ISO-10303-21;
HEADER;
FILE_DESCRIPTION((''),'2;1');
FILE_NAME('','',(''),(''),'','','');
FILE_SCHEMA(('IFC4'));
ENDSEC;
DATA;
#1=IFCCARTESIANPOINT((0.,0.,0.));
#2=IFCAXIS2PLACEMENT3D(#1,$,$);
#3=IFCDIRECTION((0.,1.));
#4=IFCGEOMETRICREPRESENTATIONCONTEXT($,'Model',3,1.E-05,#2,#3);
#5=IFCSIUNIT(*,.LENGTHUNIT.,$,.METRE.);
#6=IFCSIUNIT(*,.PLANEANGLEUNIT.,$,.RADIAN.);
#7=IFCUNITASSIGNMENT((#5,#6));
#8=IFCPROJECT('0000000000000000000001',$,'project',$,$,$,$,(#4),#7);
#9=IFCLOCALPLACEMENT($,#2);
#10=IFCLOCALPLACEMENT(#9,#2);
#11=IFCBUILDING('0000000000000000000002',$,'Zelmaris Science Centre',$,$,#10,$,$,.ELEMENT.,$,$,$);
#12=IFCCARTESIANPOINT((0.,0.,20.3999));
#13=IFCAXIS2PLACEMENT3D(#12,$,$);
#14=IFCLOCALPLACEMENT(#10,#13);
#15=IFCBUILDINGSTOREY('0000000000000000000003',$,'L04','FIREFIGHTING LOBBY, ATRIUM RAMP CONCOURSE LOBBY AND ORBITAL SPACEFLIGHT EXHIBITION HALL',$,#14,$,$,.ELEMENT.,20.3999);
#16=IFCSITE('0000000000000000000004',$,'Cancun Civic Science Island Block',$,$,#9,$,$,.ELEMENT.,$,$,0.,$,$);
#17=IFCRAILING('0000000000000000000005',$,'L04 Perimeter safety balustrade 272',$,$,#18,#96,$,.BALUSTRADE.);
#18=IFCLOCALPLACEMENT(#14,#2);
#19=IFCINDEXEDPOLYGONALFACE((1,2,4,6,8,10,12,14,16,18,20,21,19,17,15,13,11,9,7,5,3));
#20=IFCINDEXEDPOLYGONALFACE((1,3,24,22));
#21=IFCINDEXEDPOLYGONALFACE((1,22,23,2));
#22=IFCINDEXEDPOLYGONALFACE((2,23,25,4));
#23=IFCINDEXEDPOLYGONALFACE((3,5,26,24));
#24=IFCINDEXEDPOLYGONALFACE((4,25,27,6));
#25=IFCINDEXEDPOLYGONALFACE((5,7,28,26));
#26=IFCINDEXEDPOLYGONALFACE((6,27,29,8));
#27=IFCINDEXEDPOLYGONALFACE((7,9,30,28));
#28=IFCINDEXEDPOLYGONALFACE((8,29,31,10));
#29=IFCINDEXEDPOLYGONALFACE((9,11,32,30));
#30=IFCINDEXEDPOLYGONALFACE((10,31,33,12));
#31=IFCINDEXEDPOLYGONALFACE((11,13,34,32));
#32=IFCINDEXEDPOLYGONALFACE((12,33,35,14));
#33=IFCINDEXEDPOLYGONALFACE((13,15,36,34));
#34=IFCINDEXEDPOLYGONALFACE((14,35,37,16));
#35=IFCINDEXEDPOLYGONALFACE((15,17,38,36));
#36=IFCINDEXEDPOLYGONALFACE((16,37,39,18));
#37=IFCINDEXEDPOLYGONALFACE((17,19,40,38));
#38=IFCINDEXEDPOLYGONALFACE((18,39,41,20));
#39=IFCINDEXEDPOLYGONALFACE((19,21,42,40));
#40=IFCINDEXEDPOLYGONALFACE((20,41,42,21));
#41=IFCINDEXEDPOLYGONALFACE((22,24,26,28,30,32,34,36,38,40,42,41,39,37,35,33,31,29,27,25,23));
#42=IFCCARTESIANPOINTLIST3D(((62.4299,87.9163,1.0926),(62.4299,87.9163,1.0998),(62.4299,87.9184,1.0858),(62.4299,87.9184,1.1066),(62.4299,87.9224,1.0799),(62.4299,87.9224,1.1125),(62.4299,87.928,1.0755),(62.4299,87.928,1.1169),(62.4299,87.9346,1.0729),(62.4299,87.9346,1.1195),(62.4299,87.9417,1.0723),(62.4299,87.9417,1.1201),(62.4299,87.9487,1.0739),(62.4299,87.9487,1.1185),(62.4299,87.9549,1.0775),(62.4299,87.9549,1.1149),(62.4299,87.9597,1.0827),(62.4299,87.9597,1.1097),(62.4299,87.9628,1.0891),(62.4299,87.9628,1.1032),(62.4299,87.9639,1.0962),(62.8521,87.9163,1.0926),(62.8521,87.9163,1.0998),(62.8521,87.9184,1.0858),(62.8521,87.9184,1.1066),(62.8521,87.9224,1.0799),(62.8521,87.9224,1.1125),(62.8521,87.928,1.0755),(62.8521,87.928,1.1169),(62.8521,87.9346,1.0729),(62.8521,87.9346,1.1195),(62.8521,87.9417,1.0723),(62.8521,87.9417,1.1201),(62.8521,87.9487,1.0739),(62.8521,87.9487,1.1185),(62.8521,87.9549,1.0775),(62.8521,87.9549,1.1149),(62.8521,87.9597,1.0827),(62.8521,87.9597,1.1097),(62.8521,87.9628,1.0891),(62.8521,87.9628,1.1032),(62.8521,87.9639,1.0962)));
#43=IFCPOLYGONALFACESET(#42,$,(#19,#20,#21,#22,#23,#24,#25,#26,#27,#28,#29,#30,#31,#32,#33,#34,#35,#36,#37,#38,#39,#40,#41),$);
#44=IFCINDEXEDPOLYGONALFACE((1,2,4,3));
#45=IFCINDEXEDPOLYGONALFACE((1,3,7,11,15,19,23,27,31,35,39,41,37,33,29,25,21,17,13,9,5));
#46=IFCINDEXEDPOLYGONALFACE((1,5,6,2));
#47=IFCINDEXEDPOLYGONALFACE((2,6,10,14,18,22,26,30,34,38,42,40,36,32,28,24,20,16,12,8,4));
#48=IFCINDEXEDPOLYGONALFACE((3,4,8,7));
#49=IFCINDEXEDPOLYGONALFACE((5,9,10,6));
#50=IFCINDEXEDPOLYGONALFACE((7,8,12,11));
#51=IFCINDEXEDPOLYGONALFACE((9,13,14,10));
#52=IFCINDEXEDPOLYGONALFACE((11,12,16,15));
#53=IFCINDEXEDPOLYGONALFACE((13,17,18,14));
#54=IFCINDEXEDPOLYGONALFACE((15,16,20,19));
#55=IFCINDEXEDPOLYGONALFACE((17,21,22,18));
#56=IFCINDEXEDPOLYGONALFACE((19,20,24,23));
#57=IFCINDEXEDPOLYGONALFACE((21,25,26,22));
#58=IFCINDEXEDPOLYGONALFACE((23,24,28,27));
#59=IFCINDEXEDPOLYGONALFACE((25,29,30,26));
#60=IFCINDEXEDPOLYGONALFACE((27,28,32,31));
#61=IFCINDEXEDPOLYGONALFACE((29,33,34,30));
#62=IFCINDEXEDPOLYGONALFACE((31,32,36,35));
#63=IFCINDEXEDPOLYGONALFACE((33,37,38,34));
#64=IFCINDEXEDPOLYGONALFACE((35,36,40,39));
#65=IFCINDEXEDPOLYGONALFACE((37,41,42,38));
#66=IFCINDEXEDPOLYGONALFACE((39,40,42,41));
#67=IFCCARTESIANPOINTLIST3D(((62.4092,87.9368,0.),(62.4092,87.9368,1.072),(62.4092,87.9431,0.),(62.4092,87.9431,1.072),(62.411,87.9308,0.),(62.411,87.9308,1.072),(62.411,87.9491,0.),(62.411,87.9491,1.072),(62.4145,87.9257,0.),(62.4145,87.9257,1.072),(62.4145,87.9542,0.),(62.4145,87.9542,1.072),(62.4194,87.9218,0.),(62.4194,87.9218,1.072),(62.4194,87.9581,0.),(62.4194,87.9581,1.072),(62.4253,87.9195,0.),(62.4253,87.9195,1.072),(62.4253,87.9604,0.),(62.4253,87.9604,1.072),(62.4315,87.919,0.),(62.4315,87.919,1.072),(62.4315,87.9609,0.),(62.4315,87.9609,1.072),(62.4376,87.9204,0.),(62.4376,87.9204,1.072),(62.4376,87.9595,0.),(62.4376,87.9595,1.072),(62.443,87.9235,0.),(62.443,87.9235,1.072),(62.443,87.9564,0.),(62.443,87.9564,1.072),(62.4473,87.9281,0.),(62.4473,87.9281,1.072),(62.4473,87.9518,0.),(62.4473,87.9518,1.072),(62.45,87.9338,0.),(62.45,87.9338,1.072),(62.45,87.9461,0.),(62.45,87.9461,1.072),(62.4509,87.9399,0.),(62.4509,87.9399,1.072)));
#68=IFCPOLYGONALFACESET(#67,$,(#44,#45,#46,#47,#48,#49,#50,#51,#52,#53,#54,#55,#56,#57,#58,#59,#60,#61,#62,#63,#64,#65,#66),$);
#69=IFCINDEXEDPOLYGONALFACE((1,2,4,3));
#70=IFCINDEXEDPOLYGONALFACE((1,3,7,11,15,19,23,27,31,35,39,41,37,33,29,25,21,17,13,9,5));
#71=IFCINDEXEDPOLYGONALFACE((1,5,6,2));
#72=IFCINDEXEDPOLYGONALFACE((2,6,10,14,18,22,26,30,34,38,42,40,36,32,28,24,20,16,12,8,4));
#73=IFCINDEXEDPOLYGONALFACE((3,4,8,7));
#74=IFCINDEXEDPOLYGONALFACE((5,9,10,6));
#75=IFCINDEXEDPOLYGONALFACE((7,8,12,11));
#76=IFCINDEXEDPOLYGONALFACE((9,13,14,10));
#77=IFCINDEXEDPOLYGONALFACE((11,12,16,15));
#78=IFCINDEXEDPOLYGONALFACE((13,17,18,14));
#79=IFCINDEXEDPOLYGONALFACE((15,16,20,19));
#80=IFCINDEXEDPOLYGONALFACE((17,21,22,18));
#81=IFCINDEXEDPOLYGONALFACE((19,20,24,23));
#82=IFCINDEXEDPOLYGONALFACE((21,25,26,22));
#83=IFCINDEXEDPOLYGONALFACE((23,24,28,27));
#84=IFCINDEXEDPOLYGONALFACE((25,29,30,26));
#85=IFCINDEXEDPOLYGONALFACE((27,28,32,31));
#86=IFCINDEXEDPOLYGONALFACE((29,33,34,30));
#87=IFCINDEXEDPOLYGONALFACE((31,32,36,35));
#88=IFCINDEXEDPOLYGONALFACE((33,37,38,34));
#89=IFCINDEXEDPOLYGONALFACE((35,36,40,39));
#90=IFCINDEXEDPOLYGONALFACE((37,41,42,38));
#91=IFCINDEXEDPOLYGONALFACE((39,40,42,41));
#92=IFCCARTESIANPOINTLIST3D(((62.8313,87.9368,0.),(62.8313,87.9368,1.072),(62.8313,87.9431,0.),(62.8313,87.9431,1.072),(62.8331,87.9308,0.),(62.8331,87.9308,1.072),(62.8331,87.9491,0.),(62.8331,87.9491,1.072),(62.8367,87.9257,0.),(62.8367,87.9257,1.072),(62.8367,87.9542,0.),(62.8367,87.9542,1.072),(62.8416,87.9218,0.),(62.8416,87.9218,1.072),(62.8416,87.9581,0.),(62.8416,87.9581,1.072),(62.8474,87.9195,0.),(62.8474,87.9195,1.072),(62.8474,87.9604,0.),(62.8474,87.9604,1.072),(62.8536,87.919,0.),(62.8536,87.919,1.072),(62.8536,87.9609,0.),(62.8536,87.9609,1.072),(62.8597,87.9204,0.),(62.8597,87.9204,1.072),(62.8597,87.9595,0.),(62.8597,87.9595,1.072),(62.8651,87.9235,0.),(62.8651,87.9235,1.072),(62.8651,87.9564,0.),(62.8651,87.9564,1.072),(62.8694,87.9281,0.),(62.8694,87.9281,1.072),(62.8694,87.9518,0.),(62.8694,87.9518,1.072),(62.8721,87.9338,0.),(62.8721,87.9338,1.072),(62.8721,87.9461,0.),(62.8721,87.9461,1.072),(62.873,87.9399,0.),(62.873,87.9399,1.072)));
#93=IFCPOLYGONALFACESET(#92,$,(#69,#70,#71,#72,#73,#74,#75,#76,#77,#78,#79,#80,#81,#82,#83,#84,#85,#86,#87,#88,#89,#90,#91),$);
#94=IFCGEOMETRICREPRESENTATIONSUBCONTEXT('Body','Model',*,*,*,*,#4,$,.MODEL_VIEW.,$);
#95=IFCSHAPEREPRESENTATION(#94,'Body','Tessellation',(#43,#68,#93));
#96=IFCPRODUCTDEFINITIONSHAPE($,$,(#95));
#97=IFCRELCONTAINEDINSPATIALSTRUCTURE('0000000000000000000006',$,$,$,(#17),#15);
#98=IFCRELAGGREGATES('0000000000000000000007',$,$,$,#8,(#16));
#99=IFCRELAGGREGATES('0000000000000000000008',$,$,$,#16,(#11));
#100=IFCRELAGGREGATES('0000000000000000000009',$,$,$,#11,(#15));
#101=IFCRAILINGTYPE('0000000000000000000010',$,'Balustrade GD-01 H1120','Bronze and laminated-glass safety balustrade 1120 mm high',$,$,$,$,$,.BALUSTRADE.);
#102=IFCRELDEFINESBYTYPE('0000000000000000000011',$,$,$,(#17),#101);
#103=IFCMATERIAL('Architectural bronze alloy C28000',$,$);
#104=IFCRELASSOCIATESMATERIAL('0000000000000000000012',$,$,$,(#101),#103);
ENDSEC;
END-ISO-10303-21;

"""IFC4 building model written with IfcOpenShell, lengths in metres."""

from ifc_helpers import new_model, si_unit, direction, frame, origin, origin_2d, place, context, subcontext, project, spatial, circle, extrude, material, type_object, element, save


model = new_model("IFC4")

# Units and contexts
model_context = context("Model", 3, precision=1e-05, world=origin(), true_north=direction((0.0, 1.0)))
body_context = subcontext(model_context, "Body", "Model", "MODEL_VIEW")
ifc_project = project(units=[si_unit("LENGTHUNIT", "METRE"), si_unit("PLANEANGLEUNIT", "RADIAN")], contexts=[model_context])

# Site, building, storey
site_placement = place(None, origin())
site = spatial("IfcSite", under=ifc_project, at=site_placement, Name="Cancun Civic Science Island Block", CompositionType="ELEMENT", RefElevation=0.0)
building_placement = place(site_placement, origin())
building = spatial("IfcBuilding", under=site, at=building_placement, Name="Zelmaris Science Centre", CompositionType="ELEMENT")
storey_placement = place(building_placement, frame((0.0, 0.0, 20.3999)))
storey = spatial("IfcBuildingStorey", under=building, at=storey_placement, Name="L04", Description="FIREFIGHTING LOBBY, ATRIUM RAMP CONCOURSE LOBBY AND ORBITAL SPACEFLIGHT EXHIBITION HALL", CompositionType="ELEMENT", Elevation=20.3999)

# Railing
ifc_material_1 = material(Name="Architectural bronze alloy C28000")
railing_type = type_object("IfcRailingType", Name="Balustrade GD-01 H1120", Description="Bronze and laminated-glass safety balustrade 1120 mm high", PredefinedType="BALUSTRADE", material=ifc_material_1)
railing_placement = place(storey_placement, frame((62.4299, 87.9399, 0.0)))
element("IfcRailing", 1, at=railing_placement, inside=storey, type_object=railing_type, Name="L04 Perimeter safety balustrade 272", PredefinedType="BALUSTRADE", context=body_context, shape_type="SweptSolid", body=[
    extrude(circle(Radius=0.0239, at=origin_2d()), frame((0.0, 0.0, 1.0962), z_axis=(1.0, 0.0, 0.0), x_axis=(0.0, 1.0, 0.0)), (0.0, 0.0, 1.0), 0.4221),
    extrude(circle(Radius=0.021, at=origin_2d()), origin(), (0.0, 0.0, 1.0), 1.072),
    extrude(circle(Radius=0.021, at=origin_2d()), frame((0.4221, 0.0, 0.0)), (0.0, 0.0, 1.0), 1.072),
])

save(model, "model.ifc")
